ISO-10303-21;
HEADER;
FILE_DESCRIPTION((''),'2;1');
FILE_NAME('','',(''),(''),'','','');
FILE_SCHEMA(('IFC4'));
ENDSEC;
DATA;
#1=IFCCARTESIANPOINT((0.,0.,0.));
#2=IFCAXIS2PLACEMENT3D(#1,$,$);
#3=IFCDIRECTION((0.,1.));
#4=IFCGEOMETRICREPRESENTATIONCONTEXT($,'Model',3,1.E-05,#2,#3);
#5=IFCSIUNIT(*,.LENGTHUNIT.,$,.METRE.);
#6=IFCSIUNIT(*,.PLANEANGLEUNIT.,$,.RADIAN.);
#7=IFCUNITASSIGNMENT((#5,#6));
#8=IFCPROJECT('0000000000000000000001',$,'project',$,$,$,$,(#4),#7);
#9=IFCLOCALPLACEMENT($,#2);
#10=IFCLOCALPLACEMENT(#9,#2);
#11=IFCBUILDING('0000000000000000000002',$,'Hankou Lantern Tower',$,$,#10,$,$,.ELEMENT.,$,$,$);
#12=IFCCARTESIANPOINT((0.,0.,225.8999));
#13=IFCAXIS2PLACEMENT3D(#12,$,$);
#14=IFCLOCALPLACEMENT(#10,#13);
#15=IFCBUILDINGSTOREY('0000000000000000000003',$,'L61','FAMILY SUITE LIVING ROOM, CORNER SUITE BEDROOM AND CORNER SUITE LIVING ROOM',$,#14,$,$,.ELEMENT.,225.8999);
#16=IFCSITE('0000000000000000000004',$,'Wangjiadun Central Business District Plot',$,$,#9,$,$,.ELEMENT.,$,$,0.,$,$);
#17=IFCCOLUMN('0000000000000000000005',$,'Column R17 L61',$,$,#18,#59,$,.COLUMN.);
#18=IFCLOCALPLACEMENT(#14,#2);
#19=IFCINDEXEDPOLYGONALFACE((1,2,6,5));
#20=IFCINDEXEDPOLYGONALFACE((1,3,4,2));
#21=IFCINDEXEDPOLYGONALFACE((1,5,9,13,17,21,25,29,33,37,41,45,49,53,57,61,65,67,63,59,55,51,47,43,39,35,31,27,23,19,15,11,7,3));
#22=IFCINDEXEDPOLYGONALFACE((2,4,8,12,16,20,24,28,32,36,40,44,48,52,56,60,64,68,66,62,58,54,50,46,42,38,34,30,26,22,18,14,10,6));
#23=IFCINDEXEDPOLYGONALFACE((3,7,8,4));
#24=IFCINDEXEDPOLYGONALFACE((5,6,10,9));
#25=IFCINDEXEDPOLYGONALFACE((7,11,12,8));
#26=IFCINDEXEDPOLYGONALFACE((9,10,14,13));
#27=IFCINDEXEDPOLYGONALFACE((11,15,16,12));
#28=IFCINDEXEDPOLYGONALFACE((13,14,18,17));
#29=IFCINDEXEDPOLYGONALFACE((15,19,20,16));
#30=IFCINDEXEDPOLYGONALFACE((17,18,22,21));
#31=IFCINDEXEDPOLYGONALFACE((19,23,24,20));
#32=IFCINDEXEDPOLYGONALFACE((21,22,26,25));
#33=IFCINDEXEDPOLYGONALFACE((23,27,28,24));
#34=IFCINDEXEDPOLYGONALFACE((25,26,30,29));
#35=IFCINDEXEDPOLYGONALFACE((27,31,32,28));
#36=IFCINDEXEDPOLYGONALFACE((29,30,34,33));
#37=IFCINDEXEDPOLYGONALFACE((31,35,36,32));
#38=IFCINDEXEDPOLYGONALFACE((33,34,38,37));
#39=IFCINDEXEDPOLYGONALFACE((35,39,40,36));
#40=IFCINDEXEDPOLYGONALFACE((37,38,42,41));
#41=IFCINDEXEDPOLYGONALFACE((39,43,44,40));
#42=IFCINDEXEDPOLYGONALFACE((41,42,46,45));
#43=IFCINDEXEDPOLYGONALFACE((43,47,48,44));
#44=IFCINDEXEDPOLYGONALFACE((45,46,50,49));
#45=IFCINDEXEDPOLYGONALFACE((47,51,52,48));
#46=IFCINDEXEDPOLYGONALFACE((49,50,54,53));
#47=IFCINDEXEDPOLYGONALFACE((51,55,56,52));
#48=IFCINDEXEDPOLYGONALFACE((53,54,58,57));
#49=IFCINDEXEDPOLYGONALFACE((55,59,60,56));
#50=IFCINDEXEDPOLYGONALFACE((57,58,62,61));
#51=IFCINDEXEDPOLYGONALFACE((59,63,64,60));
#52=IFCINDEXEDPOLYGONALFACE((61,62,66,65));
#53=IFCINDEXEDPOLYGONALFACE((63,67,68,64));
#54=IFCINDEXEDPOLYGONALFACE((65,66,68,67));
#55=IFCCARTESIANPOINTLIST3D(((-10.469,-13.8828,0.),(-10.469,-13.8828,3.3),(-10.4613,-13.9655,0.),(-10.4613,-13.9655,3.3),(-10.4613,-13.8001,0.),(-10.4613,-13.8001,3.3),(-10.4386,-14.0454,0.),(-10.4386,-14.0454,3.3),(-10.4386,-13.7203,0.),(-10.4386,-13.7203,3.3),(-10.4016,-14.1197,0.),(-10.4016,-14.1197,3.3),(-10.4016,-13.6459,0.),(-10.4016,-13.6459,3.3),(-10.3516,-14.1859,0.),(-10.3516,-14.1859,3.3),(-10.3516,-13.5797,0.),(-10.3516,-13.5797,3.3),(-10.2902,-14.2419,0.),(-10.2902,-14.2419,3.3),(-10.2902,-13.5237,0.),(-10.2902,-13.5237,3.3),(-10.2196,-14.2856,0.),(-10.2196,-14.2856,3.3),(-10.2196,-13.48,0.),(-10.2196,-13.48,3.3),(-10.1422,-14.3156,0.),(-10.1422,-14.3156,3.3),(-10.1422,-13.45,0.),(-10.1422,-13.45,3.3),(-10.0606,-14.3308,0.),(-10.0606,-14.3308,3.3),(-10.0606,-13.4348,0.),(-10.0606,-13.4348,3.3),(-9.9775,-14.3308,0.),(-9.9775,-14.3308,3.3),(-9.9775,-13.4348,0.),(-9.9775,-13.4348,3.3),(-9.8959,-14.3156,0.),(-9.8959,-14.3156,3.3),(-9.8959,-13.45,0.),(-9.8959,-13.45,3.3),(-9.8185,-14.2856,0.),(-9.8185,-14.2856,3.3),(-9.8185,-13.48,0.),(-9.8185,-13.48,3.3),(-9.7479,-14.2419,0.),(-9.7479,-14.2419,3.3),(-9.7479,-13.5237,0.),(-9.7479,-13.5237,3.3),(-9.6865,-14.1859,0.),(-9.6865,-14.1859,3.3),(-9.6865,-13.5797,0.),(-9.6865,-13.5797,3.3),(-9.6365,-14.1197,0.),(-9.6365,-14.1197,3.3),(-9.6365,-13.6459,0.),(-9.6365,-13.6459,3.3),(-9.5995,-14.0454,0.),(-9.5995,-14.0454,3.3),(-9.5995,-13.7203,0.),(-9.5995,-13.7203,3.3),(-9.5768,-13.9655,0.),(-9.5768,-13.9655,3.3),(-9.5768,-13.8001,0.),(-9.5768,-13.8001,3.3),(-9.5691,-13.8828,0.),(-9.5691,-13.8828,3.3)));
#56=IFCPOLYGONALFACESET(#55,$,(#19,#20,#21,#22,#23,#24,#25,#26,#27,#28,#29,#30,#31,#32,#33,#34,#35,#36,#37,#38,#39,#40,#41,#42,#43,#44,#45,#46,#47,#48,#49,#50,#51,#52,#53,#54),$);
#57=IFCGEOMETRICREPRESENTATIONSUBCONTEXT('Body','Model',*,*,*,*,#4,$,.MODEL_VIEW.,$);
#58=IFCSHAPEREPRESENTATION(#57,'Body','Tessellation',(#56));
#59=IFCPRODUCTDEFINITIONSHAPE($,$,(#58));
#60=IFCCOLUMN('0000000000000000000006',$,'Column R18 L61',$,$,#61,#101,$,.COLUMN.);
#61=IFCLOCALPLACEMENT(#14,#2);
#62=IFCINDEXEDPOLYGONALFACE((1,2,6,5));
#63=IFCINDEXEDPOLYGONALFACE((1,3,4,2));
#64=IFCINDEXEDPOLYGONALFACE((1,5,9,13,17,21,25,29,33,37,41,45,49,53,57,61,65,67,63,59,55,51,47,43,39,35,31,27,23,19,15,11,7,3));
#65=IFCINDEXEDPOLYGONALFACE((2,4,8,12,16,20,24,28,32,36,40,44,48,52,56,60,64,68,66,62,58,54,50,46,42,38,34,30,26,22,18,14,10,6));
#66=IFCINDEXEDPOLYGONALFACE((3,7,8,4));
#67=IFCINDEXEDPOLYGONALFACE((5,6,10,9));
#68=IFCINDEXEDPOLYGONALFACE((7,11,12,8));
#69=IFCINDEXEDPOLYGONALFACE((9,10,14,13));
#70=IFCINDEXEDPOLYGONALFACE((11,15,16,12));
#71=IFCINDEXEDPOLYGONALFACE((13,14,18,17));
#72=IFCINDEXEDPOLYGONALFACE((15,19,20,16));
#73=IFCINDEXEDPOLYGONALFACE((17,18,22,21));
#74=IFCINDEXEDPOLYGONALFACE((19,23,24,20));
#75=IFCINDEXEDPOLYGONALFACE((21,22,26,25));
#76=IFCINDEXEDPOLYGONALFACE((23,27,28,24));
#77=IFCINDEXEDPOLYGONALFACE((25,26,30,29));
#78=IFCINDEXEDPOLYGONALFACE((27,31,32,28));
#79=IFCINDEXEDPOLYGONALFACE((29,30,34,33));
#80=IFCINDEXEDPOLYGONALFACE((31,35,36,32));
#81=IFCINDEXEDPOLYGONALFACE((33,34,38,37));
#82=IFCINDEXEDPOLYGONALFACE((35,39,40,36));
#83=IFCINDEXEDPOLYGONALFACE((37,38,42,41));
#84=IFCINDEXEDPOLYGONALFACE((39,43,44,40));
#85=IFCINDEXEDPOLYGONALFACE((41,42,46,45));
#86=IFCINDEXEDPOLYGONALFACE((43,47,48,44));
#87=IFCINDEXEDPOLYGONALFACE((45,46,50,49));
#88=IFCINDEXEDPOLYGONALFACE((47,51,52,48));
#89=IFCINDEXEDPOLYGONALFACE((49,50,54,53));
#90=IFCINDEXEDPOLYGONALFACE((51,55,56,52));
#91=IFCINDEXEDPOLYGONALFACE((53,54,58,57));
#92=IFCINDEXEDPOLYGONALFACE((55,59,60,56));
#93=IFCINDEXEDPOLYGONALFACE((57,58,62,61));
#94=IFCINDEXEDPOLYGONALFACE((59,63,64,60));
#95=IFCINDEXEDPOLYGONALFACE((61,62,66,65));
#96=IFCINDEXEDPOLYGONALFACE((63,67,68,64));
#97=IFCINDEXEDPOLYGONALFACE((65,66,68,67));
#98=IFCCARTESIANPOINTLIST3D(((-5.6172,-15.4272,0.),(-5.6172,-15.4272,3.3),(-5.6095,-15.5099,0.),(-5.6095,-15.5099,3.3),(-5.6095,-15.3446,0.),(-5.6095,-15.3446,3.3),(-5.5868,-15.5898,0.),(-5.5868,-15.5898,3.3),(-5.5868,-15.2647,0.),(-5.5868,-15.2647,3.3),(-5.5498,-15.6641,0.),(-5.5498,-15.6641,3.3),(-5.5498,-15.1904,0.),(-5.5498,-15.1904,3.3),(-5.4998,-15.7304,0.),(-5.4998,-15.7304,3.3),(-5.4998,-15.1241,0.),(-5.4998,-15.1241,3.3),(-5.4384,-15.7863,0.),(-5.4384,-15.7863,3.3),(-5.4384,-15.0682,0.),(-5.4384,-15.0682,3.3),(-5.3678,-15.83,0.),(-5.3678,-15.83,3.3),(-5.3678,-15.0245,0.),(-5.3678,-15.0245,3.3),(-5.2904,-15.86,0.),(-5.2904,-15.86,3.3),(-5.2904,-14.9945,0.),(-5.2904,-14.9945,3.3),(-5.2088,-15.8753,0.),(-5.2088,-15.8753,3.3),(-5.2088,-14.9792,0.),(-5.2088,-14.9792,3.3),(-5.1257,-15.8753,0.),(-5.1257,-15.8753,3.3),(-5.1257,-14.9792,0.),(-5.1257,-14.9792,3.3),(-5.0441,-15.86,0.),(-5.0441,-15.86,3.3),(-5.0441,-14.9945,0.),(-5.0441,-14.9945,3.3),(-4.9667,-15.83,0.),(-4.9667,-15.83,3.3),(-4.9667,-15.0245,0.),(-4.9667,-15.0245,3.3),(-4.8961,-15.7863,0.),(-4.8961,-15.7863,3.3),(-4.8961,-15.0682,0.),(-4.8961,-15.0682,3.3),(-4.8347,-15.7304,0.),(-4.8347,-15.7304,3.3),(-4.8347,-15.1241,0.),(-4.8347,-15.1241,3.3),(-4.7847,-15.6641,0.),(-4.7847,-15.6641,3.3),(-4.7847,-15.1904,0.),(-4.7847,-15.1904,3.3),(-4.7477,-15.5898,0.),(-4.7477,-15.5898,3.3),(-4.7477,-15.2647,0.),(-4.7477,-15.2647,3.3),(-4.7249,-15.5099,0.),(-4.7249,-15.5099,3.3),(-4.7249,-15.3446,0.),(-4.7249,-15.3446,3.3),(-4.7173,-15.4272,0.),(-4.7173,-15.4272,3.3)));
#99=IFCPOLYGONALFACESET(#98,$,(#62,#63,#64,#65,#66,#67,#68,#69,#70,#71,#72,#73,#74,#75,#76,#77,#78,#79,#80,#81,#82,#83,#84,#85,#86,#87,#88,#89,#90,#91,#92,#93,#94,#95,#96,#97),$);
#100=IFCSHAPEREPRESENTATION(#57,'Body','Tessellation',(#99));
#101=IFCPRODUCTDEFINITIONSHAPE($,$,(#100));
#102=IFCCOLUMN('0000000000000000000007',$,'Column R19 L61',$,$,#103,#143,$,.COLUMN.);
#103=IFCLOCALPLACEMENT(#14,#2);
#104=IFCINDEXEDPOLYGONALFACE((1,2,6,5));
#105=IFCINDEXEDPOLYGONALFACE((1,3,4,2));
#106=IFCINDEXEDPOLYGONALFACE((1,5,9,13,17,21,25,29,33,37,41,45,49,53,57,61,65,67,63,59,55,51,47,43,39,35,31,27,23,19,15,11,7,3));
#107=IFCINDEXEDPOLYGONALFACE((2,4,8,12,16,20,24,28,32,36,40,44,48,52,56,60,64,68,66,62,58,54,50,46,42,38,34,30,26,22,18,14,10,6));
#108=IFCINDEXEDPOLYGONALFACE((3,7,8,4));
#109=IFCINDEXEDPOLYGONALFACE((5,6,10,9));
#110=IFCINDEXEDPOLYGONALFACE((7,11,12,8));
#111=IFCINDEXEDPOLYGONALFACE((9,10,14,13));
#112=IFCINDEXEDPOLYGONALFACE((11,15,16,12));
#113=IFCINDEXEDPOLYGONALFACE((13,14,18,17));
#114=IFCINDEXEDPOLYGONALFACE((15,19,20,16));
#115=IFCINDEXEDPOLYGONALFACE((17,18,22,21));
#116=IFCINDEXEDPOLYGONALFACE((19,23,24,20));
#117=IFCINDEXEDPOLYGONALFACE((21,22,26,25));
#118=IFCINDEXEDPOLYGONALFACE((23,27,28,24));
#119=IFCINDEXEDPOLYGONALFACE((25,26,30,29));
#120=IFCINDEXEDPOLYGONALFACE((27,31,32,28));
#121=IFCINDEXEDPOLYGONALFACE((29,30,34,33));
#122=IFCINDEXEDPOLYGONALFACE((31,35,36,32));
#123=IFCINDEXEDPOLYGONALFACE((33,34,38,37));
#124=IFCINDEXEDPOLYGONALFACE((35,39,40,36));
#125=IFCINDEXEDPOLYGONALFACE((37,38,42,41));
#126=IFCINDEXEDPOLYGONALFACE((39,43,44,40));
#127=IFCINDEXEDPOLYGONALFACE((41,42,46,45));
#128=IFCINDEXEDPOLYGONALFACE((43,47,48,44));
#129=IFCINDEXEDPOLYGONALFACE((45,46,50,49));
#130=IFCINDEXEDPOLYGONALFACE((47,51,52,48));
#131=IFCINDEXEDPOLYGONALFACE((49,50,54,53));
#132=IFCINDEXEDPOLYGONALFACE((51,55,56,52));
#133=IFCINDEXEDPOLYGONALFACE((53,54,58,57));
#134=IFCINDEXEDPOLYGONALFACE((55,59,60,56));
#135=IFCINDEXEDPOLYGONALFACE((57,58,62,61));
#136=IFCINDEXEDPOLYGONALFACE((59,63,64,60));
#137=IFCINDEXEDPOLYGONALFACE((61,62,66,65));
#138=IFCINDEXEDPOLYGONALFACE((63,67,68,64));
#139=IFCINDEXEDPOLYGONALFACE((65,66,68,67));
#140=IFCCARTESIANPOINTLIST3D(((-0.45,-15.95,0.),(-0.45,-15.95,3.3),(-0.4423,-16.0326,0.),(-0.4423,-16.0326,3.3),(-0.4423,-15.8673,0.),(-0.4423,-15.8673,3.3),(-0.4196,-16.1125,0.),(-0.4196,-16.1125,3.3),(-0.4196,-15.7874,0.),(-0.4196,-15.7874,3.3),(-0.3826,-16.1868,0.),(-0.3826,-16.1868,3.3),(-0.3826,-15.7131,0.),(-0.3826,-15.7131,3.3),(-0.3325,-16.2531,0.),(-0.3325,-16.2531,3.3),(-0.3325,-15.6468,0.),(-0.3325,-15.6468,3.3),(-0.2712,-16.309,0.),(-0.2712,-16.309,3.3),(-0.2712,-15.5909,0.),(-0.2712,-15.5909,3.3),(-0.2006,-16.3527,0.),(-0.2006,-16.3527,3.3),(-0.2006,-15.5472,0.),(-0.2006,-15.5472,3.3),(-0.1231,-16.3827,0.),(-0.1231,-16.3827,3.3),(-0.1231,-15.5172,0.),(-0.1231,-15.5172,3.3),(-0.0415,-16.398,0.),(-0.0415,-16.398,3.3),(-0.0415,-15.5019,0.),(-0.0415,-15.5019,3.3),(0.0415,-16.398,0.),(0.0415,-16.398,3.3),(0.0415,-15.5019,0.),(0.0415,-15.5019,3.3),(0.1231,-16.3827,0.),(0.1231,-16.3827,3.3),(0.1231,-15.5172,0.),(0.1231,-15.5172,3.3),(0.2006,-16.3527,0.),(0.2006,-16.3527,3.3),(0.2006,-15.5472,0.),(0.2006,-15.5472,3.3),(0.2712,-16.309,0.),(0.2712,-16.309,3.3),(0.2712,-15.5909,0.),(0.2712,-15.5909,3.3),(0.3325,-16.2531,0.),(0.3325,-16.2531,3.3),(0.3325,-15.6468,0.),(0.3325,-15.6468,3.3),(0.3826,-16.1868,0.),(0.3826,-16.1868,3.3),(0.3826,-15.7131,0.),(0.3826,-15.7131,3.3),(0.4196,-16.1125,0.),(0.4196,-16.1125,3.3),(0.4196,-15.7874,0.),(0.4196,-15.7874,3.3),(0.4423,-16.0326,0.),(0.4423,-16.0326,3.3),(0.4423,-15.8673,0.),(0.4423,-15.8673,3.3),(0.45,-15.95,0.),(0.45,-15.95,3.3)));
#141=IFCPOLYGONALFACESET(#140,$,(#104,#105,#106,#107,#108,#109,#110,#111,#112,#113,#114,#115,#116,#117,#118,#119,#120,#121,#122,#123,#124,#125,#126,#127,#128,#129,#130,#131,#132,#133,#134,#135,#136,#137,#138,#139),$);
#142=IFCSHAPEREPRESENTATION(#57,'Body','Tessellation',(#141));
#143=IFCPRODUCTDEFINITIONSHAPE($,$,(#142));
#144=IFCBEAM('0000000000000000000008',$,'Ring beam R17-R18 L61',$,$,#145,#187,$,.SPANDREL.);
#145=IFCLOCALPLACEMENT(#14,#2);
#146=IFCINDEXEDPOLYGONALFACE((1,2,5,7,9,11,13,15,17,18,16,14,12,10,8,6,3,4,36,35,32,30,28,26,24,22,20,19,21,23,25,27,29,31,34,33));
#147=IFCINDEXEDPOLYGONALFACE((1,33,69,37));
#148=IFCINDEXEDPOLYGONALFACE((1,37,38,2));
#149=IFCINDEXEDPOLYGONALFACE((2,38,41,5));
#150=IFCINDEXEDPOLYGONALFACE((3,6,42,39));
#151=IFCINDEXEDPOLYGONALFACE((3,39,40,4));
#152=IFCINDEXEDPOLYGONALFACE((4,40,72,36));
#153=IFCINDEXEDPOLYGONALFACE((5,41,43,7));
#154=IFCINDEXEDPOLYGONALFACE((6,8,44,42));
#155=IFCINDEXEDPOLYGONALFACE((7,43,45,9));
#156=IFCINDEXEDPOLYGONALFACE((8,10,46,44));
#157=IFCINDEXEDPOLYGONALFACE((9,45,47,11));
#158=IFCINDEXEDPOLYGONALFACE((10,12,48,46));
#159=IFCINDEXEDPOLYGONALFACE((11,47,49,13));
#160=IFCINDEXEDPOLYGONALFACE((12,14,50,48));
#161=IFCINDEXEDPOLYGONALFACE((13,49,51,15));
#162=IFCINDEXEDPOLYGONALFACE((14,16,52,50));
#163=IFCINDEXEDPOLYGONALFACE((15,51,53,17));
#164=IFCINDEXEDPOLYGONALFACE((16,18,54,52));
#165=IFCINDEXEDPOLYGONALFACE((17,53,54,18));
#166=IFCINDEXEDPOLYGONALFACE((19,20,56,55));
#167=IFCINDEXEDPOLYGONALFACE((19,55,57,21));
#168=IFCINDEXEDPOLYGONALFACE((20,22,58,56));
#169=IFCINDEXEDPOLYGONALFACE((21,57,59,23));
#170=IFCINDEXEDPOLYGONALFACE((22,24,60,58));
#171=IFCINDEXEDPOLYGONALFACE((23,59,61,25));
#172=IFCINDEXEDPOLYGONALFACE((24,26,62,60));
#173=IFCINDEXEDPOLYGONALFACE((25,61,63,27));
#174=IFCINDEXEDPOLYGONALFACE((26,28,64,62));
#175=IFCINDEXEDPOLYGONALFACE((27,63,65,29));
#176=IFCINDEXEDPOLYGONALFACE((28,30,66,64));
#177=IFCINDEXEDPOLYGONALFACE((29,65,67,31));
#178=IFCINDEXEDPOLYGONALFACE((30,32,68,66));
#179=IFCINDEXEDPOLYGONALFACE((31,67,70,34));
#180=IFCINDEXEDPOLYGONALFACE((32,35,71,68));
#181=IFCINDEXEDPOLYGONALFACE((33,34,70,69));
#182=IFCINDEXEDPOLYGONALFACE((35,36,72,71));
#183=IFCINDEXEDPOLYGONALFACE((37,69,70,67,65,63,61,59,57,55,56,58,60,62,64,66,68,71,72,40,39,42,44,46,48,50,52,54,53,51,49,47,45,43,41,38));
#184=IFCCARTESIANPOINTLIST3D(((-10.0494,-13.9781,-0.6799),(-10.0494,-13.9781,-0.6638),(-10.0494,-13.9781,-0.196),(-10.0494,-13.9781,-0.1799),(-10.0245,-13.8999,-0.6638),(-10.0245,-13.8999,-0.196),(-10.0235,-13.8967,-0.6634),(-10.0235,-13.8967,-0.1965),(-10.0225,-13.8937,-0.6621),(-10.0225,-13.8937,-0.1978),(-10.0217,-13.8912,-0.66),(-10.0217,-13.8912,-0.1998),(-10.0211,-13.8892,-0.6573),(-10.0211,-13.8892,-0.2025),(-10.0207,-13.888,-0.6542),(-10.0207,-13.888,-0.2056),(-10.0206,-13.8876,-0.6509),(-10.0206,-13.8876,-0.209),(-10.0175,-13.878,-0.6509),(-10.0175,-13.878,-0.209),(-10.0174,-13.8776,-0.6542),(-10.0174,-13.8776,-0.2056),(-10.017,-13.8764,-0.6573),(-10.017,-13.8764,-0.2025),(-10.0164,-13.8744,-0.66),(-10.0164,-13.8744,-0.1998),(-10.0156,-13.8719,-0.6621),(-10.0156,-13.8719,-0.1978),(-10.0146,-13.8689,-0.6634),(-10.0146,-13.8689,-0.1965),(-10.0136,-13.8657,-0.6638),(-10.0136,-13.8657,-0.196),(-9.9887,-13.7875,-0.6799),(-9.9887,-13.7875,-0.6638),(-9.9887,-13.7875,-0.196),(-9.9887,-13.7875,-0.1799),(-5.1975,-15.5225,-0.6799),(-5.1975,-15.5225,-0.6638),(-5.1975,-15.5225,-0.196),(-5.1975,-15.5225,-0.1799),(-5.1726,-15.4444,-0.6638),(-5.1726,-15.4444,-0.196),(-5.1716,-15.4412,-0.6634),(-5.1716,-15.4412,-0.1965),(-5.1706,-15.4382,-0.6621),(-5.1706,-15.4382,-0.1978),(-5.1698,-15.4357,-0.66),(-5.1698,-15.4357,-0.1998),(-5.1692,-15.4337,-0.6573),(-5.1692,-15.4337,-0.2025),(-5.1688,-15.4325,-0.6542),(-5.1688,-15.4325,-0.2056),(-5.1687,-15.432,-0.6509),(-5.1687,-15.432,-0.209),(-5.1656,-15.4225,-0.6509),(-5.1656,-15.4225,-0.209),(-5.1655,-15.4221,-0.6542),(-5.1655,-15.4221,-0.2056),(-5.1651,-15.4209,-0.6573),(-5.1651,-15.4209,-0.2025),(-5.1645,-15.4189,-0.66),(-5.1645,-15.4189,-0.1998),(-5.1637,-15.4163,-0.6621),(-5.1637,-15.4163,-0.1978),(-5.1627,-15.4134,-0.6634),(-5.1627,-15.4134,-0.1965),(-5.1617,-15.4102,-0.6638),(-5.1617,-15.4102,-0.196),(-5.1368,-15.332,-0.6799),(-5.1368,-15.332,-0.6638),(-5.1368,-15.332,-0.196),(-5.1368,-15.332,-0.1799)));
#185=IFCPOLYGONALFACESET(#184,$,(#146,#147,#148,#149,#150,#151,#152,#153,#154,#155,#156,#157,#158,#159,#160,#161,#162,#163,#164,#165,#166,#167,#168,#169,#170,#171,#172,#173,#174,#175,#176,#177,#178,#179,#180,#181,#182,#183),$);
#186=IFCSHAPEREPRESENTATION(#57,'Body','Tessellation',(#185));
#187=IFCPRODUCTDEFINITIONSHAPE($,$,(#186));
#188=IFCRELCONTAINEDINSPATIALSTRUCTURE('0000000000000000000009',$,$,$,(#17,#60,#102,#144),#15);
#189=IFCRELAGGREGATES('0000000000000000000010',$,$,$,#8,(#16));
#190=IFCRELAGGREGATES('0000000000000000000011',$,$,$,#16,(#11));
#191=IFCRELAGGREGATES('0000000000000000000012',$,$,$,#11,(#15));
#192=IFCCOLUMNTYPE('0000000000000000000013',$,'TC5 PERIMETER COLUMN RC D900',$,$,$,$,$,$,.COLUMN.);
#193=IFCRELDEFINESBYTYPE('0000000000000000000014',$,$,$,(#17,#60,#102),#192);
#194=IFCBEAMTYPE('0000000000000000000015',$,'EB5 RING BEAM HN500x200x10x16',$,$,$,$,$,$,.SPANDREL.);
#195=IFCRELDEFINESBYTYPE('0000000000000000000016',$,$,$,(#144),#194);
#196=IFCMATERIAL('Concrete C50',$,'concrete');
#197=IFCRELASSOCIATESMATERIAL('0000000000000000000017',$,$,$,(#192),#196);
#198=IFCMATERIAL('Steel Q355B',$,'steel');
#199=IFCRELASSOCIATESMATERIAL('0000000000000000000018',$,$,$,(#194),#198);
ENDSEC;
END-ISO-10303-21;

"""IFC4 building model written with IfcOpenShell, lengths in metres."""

from ifc_helpers import new_model, si_unit, direction, frame, origin, origin_2d, place, context, subcontext, project, spatial, circle, i_section, extrude, material, material_profile, profile_set, type_object, element, save


model = new_model("IFC4")

# Units and contexts
model_context = context("Model", 3, precision=1e-05, world=origin(), true_north=direction((0.0, 1.0)))
body_context = subcontext(model_context, "Body", "Model", "MODEL_VIEW")
ifc_project = project(units=[si_unit("LENGTHUNIT", "METRE"), si_unit("PLANEANGLEUNIT", "RADIAN")], contexts=[model_context])

# Site, building, storey
site_placement = place(None, origin())
site = spatial("IfcSite", under=ifc_project, at=site_placement, Name="Wangjiadun Central Business District Plot", CompositionType="ELEMENT", RefElevation=0.0)
building_placement = place(site_placement, origin())
building = spatial("IfcBuilding", under=site, at=building_placement, Name="Hankou Lantern Tower", CompositionType="ELEMENT")
storey_placement = place(building_placement, frame((0.0, 0.0, 225.8999)))
storey = spatial("IfcBuildingStorey", under=building, at=storey_placement, Name="L61", Description="FAMILY SUITE LIVING ROOM, CORNER SUITE BEDROOM AND CORNER SUITE LIVING ROOM", CompositionType="ELEMENT", Elevation=225.8999)

# Columns
ifc_material_1 = material(Name="Concrete C50", Category="concrete")
ifc_material_profile_1 = material_profile(ifc_material_1, circle(Radius=0.45, at=origin_2d()), Name="RC D900")
ifc_profile_set_1 = profile_set([ifc_material_profile_1], Name="Concrete C50")
column_type = type_object("IfcColumnType", Name="TC5 PERIMETER COLUMN RC D900", PredefinedType="COLUMN", material=ifc_profile_set_1)
for number, where, z_axis, x_axis, name in (
    (1, (-10.019, -13.8828, 0.0), (0.0, 0.0, 1.0), (1.0, 0.0, 0.0), "Column R17 L61"),
    (2, (-5.1672, -15.4272, 0.0), (0.0, 0.0, 1.0), (1.0, 0.0, 0.0), "Column R18 L61"),
    (3, (0.0, -15.95, 0.0), (0.0, 0.0, 1.0), (1.0, 0.0, 0.0), "Column R19 L61"),
):
    element("IfcColumn", number, at=place(storey_placement, frame(where, z_axis=z_axis, x_axis=x_axis)), inside=storey, type_object=column_type, Name=name, PredefinedType="COLUMN", context=body_context, shape_type="SweptSolid", body=[
        extrude(circle(Radius=0.45, at=origin_2d()), origin(), (0.0, 0.0, 1.0), 3.3),
    ])

# Beam
ifc_material_2 = material(Name="Steel Q355B", Category="steel")
ifc_material_profile_2 = material_profile(ifc_material_2, i_section(OverallWidth=0.2, OverallDepth=0.5, WebThickness=0.01, FlangeThickness=0.0161, FilletRadius=0.0129, at=origin_2d()), Name="HN500x200x10x16")
ifc_profile_set_2 = profile_set([ifc_material_profile_2], Name="Steel Q355B")
beam_type_1 = type_object("IfcBeamType", Name="EB5 RING BEAM HN500x200x10x16", PredefinedType="SPANDREL", material=ifc_profile_set_2)
beam_1_placement = place(storey_placement, frame((-10.019, -13.8828, -0.4299), z_axis=(0.952887, -0.303324, 0.0), x_axis=(0.303324, 0.952887, 0.0)))
element("IfcBeam", 4, at=beam_1_placement, inside=storey, type_object=beam_type_1, Name="Ring beam R17-R18 L61", PredefinedType="SPANDREL", context=body_context, shape_type="SweptSolid", body=[
    extrude(i_section(OverallWidth=0.2, OverallDepth=0.5, WebThickness=0.01, FlangeThickness=0.0161, FilletRadius=0.0129, at=origin_2d()), origin(), (0.0, 0.0, 1.0), 5.0918),
])

save(model, "model.ifc")
